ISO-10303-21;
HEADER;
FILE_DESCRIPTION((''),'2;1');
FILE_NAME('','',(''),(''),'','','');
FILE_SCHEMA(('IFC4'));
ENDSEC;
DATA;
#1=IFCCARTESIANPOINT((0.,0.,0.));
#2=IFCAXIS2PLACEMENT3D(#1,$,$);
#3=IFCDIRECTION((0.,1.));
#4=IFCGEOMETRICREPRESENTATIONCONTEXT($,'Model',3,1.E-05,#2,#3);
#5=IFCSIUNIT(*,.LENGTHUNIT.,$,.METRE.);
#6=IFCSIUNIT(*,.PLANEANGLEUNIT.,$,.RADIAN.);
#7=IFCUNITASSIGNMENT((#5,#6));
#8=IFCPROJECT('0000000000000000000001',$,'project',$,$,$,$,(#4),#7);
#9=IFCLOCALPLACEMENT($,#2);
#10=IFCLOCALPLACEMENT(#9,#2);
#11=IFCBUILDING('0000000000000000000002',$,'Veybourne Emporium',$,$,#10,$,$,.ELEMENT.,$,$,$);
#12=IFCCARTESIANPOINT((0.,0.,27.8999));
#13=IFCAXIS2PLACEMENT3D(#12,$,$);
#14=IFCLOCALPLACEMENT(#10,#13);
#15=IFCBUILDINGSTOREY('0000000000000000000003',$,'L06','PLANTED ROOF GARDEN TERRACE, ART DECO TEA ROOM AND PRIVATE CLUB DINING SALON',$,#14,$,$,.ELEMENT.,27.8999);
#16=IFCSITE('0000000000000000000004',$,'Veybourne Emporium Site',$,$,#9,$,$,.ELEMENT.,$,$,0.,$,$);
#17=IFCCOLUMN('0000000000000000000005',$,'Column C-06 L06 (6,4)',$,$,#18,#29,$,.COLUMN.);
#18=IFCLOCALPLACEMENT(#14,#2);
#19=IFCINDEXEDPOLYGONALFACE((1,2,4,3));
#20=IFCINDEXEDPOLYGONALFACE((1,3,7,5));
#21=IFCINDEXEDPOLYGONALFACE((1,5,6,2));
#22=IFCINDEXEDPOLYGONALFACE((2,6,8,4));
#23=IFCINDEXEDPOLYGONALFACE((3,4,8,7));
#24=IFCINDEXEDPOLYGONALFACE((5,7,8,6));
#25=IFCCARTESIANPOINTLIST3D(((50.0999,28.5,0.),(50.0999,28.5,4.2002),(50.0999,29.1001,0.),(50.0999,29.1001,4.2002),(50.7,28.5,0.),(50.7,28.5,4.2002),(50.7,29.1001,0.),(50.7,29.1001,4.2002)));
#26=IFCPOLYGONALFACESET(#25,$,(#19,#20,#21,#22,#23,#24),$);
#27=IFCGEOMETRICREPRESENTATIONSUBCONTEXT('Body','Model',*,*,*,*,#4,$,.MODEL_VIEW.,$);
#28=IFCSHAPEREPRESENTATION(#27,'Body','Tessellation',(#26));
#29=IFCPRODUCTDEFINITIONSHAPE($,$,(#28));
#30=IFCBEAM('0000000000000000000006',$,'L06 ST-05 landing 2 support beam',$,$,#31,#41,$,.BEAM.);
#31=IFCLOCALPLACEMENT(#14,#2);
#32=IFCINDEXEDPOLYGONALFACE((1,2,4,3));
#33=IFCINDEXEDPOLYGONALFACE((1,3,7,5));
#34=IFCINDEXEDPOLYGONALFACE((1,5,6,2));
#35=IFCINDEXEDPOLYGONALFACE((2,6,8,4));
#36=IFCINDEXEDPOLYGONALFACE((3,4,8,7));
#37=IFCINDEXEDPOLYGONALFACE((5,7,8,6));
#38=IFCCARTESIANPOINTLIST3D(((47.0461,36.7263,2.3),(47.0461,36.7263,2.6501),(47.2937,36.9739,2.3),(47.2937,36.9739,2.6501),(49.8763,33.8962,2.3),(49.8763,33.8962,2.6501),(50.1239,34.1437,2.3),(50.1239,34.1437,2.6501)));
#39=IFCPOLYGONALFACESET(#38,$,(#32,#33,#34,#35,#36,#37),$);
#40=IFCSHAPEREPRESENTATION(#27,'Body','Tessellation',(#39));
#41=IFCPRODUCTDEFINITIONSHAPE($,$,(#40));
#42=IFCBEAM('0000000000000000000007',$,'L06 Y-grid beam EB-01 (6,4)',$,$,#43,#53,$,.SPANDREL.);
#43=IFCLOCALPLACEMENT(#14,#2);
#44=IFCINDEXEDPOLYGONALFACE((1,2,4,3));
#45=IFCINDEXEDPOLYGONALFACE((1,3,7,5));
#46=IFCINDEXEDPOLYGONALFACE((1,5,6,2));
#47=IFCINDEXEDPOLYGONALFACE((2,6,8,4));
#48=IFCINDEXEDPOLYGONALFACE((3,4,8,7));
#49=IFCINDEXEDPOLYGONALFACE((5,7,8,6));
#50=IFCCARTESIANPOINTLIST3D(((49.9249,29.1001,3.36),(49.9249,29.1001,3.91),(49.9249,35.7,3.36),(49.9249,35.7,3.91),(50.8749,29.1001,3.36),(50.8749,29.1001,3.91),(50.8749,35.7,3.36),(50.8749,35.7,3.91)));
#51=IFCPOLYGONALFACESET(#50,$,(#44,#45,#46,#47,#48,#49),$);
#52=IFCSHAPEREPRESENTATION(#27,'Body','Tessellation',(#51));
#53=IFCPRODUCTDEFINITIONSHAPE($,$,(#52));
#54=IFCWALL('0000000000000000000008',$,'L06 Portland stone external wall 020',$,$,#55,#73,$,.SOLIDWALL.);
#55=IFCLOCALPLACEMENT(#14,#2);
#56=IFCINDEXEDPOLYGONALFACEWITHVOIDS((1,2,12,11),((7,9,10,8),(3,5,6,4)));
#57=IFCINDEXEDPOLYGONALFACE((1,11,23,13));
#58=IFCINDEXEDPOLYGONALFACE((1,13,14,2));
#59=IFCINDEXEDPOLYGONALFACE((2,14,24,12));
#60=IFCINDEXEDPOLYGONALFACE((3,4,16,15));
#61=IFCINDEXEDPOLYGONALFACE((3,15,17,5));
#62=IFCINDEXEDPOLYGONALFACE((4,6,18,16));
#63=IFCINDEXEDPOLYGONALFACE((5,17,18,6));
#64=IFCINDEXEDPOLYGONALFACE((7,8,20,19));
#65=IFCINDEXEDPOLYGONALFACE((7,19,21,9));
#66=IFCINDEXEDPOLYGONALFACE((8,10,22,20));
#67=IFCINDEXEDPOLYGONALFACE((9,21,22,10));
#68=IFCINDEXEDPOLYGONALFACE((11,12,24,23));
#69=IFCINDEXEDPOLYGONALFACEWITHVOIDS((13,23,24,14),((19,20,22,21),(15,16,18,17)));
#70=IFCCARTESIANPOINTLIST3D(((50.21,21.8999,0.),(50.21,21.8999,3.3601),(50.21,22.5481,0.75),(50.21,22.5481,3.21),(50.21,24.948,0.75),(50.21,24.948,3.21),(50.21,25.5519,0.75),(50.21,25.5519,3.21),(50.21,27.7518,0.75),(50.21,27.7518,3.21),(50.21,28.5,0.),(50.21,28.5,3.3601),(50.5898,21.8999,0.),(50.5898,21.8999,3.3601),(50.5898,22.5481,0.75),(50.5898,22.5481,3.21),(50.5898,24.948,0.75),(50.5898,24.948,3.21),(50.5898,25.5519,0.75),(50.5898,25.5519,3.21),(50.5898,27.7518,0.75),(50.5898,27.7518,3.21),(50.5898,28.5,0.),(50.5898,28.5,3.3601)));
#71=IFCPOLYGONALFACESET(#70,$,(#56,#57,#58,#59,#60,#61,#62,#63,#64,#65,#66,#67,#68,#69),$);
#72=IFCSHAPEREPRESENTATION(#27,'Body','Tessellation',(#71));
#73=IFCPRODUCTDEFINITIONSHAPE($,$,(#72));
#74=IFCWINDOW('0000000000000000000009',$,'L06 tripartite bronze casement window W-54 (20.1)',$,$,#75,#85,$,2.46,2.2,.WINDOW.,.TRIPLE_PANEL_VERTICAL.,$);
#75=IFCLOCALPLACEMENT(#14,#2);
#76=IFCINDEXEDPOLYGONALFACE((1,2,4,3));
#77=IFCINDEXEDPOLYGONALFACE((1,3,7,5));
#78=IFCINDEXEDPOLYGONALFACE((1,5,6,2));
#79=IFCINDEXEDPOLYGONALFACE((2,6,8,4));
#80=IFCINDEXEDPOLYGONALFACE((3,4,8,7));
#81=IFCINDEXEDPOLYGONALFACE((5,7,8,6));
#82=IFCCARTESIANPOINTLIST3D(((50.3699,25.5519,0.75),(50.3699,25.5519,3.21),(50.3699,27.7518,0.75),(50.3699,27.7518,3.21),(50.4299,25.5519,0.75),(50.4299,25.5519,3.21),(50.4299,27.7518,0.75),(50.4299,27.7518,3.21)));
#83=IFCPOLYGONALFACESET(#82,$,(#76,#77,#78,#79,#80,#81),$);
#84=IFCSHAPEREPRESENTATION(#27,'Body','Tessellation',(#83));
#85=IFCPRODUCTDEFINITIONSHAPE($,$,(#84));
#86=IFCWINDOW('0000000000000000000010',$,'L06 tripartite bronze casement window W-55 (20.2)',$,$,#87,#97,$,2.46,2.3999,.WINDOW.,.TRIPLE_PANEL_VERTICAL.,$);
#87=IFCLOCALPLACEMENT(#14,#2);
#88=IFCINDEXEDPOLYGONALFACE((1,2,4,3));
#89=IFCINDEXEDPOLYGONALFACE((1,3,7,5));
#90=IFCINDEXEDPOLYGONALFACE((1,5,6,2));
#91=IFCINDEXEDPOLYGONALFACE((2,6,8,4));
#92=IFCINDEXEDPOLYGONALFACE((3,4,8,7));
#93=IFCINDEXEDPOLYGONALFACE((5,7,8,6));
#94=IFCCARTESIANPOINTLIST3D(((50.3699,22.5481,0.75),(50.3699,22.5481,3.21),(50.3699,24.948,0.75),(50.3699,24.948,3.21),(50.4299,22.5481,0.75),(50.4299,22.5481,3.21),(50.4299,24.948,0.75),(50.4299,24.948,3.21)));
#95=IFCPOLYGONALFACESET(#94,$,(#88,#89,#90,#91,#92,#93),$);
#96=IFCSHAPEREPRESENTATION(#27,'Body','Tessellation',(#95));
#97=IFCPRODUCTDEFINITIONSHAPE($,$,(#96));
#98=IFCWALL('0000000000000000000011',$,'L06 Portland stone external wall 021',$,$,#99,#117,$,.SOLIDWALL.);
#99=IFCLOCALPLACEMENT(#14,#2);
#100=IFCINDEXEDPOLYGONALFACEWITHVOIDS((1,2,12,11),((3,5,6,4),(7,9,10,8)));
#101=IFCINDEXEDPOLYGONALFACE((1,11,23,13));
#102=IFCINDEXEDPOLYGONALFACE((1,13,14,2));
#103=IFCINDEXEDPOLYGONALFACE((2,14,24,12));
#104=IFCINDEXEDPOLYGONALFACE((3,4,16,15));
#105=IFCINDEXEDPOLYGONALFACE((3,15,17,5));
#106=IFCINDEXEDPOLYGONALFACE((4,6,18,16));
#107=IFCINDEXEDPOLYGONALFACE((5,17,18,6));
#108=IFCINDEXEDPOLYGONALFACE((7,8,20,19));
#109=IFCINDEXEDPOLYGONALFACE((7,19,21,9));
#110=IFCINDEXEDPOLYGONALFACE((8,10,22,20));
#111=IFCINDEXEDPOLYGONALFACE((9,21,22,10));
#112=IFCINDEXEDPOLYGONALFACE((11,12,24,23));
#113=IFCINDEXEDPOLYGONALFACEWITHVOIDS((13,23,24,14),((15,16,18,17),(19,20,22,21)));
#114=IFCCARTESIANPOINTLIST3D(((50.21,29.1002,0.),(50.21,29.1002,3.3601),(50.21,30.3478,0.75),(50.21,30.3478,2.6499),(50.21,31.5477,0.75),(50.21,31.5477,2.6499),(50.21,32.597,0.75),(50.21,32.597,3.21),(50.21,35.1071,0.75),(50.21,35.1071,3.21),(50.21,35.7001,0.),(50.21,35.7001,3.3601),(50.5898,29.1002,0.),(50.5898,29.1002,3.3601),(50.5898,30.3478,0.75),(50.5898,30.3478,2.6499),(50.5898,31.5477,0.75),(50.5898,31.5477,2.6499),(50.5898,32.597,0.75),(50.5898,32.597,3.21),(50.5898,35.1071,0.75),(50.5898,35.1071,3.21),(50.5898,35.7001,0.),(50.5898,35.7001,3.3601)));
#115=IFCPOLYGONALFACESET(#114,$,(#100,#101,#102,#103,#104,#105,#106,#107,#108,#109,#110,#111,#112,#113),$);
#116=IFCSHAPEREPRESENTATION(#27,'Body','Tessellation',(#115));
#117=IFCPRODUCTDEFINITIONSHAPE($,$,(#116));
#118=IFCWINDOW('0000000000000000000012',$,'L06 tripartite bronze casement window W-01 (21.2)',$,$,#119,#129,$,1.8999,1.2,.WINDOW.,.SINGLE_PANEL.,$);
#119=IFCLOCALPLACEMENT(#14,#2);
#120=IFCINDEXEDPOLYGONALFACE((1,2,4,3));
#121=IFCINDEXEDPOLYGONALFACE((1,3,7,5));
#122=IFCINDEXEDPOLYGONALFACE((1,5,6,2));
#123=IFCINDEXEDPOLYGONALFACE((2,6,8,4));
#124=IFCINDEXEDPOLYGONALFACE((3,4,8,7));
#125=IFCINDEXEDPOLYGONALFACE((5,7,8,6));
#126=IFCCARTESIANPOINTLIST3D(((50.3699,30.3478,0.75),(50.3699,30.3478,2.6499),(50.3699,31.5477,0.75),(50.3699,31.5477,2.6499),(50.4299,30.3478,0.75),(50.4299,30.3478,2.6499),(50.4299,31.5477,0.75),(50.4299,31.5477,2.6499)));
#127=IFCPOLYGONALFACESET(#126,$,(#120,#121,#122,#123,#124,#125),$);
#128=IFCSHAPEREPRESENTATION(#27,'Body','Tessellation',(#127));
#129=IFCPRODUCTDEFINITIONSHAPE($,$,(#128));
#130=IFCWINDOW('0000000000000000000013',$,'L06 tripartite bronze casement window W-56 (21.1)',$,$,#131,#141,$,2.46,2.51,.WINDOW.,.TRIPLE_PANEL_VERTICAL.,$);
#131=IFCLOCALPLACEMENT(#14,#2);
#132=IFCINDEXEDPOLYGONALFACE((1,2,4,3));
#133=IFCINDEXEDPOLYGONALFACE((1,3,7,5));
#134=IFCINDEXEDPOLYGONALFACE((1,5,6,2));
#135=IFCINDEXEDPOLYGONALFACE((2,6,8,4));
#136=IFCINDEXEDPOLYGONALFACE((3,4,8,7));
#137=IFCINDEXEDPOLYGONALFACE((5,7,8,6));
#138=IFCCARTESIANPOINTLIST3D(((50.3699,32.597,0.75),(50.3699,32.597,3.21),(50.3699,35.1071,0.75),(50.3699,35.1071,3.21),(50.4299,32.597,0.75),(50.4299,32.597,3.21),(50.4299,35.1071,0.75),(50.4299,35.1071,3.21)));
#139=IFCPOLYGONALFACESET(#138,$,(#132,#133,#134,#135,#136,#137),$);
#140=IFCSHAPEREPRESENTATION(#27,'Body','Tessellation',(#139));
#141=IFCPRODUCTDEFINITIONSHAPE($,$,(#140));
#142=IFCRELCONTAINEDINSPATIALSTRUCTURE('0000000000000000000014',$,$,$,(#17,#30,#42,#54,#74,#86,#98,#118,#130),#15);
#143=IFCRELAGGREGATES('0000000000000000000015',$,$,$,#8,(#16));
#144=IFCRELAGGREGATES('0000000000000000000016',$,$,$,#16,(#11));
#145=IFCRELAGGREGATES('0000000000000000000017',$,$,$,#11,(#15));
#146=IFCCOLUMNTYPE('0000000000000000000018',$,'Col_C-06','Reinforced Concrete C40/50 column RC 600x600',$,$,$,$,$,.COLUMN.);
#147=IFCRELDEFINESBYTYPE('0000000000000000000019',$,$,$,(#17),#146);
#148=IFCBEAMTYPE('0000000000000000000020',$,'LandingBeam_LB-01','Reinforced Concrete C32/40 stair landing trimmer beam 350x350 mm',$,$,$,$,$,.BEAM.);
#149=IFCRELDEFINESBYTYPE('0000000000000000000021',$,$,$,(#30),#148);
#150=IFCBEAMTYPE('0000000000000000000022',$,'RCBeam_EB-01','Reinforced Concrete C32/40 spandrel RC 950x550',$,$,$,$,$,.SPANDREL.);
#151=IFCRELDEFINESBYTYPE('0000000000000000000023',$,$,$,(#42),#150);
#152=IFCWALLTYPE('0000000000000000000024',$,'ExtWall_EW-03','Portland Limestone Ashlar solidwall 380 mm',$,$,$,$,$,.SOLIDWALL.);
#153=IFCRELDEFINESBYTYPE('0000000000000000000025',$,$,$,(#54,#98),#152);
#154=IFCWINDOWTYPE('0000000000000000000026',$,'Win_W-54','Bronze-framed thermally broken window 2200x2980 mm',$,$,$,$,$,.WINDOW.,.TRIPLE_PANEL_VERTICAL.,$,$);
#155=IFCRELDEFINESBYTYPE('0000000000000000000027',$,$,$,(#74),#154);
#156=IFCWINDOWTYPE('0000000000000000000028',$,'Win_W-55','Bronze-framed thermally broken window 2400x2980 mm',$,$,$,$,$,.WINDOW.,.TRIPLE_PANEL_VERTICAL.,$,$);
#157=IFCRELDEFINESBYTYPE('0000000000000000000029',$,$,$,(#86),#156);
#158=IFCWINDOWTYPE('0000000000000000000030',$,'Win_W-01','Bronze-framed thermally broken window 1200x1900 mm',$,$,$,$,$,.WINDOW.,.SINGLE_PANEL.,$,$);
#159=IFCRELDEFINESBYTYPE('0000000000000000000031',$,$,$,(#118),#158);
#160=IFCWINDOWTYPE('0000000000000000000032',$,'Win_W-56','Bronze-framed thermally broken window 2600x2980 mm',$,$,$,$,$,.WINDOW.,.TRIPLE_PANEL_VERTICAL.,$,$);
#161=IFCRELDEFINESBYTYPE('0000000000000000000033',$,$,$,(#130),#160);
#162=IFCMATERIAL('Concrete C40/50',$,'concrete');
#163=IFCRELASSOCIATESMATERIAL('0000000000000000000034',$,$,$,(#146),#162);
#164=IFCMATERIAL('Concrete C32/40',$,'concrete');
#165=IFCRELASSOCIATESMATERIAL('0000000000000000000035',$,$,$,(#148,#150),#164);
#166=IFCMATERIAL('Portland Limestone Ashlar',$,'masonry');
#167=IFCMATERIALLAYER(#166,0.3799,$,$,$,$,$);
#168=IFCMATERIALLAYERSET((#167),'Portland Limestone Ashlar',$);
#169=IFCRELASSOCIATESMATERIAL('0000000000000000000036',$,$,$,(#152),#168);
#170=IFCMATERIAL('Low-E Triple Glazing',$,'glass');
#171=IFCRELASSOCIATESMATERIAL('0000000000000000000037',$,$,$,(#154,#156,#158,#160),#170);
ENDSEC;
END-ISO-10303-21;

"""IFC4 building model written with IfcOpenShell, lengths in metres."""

from ifc_helpers import new_model, si_unit, direction, frame, frame_2d, origin, origin_2d, place, context, subcontext, project, spatial, rectangle, extrude, material, layer, layer_set, material_profile, profile_set, type_object, element, fill, save


model = new_model("IFC4")

# Units and contexts
model_context = context("Model", 3, precision=1e-05, world=origin(), true_north=direction((0.0, 1.0)))
body_context = subcontext(model_context, "Body", "Model", "MODEL_VIEW")
ifc_project = project(units=[si_unit("LENGTHUNIT", "METRE"), si_unit("PLANEANGLEUNIT", "RADIAN")], contexts=[model_context])

# Site, building, storey
site_placement = place(None, origin())
site = spatial("IfcSite", under=ifc_project, at=site_placement, Name="Veybourne Emporium Site", CompositionType="ELEMENT", RefElevation=0.0)
building_placement = place(site_placement, origin())
building = spatial("IfcBuilding", under=site, at=building_placement, Name="Veybourne Emporium", CompositionType="ELEMENT")
storey_placement = place(building_placement, frame((0.0, 0.0, 27.8999)))
storey = spatial("IfcBuildingStorey", under=building, at=storey_placement, Name="L06", Description="PLANTED ROOF GARDEN TERRACE, ART DECO TEA ROOM AND PRIVATE CLUB DINING SALON", CompositionType="ELEMENT", Elevation=27.8999)

# Column
ifc_material_1 = material(Name="Concrete C40/50", Category="concrete")
ifc_material_profile_1 = material_profile(ifc_material_1, rectangle(XDim=0.6001, YDim=0.6001, at=origin_2d()), Name="RC 600x600")
ifc_profile_set_1 = profile_set([ifc_material_profile_1], Name="Concrete C40/50")
column_type = type_object("IfcColumnType", Name="Col_C-06", Description="Reinforced Concrete C40/50 column RC 600x600", PredefinedType="COLUMN", material=ifc_profile_set_1)
column_placement = place(storey_placement, frame((50.3999, 28.8, 0.0), z_axis=(0.0, 0.0, 1.0), x_axis=(1.0, 0.0, 0.0)))
element("IfcColumn", 1, at=column_placement, inside=storey, type_object=column_type, Name="Column C-06 L06 (6,4)", PredefinedType="COLUMN", context=body_context, shape_type="SweptSolid", body=[
    extrude(rectangle(XDim=0.6001, YDim=0.6001, at=origin_2d()), origin(), (0.0, 0.0, 1.0), 4.2002),
])

# Beams
ifc_material_2 = material(Name="Concrete C32/40", Category="concrete")
ifc_material_profile_2 = material_profile(ifc_material_2, rectangle(XDim=0.3501, YDim=0.3501, at=origin_2d()), Name="RC 350x350")
ifc_profile_set_2 = profile_set([ifc_material_profile_2], Name="Concrete C32/40")
beam_type_1 = type_object("IfcBeamType", Name="LandingBeam_LB-01", Description="Reinforced Concrete C32/40 stair landing trimmer beam 350x350 mm", PredefinedType="BEAM", material=ifc_profile_set_2)
beam_1_placement = place(storey_placement, frame((47.1699, 36.8501, 2.4751), z_axis=(0.707107, -0.707107, 0.0), x_axis=(0.707107, 0.707107, 0.0)))
element("IfcBeam", 2, at=beam_1_placement, inside=storey, type_object=beam_type_1, Name="L06 ST-05 landing 2 support beam", PredefinedType="BEAM", context=body_context, shape_type="SweptSolid", body=[
    extrude(rectangle(XDim=0.3501, YDim=0.3501, at=origin_2d()), origin(), (0.0, 0.0, 1.0), 4.0024),
])
ifc_material_profile_3 = material_profile(ifc_material_2, rectangle(XDim=0.95, YDim=0.55, at=origin_2d()), Name="RC 950x550")
ifc_profile_set_3 = profile_set([ifc_material_profile_3], Name="Concrete C32/40")
beam_type_2 = type_object("IfcBeamType", Name="RCBeam_EB-01", Description="Reinforced Concrete C32/40 spandrel RC 950x550", PredefinedType="SPANDREL", material=ifc_profile_set_3)
beam_2_placement = place(storey_placement, frame((50.3999, 29.1001, 3.635), z_axis=(0.0, 1.0, 0.0), x_axis=(-1.0, 0.0, 0.0)))
element("IfcBeam", 3, at=beam_2_placement, inside=storey, type_object=beam_type_2, Name="L06 Y-grid beam EB-01 (6,4)", PredefinedType="SPANDREL", context=body_context, shape_type="SweptSolid", body=[
    extrude(rectangle(XDim=0.95, YDim=0.55, at=origin_2d()), origin(), (0.0, 0.0, 1.0), 6.5999),
])

# Walls, openings, windows
ifc_material_3 = material(Name="Portland Limestone Ashlar", Category="masonry")
ifc_layer_1 = layer(ifc_material_3, 0.3799)
ifc_layer_set_1 = layer_set([ifc_layer_1], Name="Portland Limestone Ashlar")
wall_type_1 = type_object("IfcWallType", Name="ExtWall_EW-03", Description="Portland Limestone Ashlar solidwall 380 mm", PredefinedType="SOLIDWALL", material=ifc_layer_set_1)
wall_1_placement = place(storey_placement, frame((50.3999, 28.5, 0.0), z_axis=(0.0, 0.0, 1.0), x_axis=(0.0, -1.0, 0.0)))
wall_1 = element("IfcWall", 4, at=wall_1_placement, inside=storey, type_object=wall_type_1, Name="L06 Portland stone external wall 020", PredefinedType="SOLIDWALL", context=body_context, shape_type="SweptSolid", body=[
    extrude(rectangle(XDim=6.6001, YDim=0.3799, at=frame_2d((3.3, 0.0))), origin(), (0.0, 0.0, 1.0), 3.3601),
])
opening_1_placement = place(wall_1_placement, frame((0.748, 0.0, 0.75)))
opening_1 = element("IfcOpeningElement", 5, at=opening_1_placement, cuts=wall_1, PredefinedType="OPENING", context=body_context, shape_type="SweptSolid", body=[
    extrude(rectangle(XDim=2.2, YDim=2.46, at=frame_2d((1.1001, 1.23))), frame((0.0, 0.21, 0.0), z_axis=(0.0, -1.0, 0.0), x_axis=(1.0, 0.0, 0.0)), (0.0, 0.0, 1.0), 0.4199),
])
opening_2_placement = place(wall_1_placement, frame((3.552, 0.0, 0.75)))
opening_2 = element("IfcOpeningElement", 6, at=opening_2_placement, cuts=wall_1, PredefinedType="OPENING", context=body_context, shape_type="SweptSolid", body=[
    extrude(rectangle(XDim=2.3999, YDim=2.46, at=frame_2d((1.2, 1.23))), frame((0.0, 0.21, 0.0), z_axis=(0.0, -1.0, 0.0), x_axis=(1.0, 0.0, 0.0)), (0.0, 0.0, 1.0), 0.4199),
])
ifc_material_4 = material(Name="Low-E Triple Glazing", Category="glass")
window_type_1 = type_object("IfcWindowType", Name="Win_W-54", Description="Bronze-framed thermally broken window 2200x2980 mm", PartitioningType="TRIPLE_PANEL_VERTICAL", PredefinedType="WINDOW", material=ifc_material_4)
window_1_placement = place(opening_1_placement, origin())
window_1 = element("IfcWindow", 7, at=window_1_placement, inside=storey, type_object=window_type_1, Name="L06 tripartite bronze casement window W-54 (20.1)", OverallHeight=2.46, OverallWidth=2.2, PartitioningType="TRIPLE_PANEL_VERTICAL", PredefinedType="WINDOW", context=body_context, shape_type="SweptSolid", body=[
    extrude(rectangle(XDim=2.2, YDim=2.46, at=frame_2d((1.1001, 1.23))), frame((0.0, 0.03, 0.0), z_axis=(0.0, -1.0, 0.0), x_axis=(1.0, 0.0, 0.0)), (0.0, 0.0, 1.0), 0.0601),
])
fill(opening_1, window_1)
window_type_2 = type_object("IfcWindowType", Name="Win_W-55", Description="Bronze-framed thermally broken window 2400x2980 mm", PartitioningType="TRIPLE_PANEL_VERTICAL", PredefinedType="WINDOW", material=ifc_material_4)
window_2_placement = place(opening_2_placement, origin())
window_2 = element("IfcWindow", 8, at=window_2_placement, inside=storey, type_object=window_type_2, Name="L06 tripartite bronze casement window W-55 (20.2)", OverallHeight=2.46, OverallWidth=2.3999, PartitioningType="TRIPLE_PANEL_VERTICAL", PredefinedType="WINDOW", context=body_context, shape_type="SweptSolid", body=[
    extrude(rectangle(XDim=2.3999, YDim=2.46, at=frame_2d((1.2, 1.23))), frame((0.0, 0.03, 0.0), z_axis=(0.0, -1.0, 0.0), x_axis=(1.0, 0.0, 0.0)), (0.0, 0.0, 1.0), 0.0601),
])
fill(opening_2, window_2)
wall_2_placement = place(storey_placement, frame((50.3999, 35.7, 0.0), z_axis=(0.0, 0.0, 1.0), x_axis=(0.0, -1.0, 0.0)))
wall_2 = element("IfcWall", 9, at=wall_2_placement, inside=storey, type_object=wall_type_1, Name="L06 Portland stone external wall 021", PredefinedType="SOLIDWALL", context=body_context, shape_type="SweptSolid", body=[
    extrude(rectangle(XDim=6.5999, YDim=0.3799, at=frame_2d((3.2998, 0.0))), origin(), (0.0, 0.0, 1.0), 3.3601),
])
opening_3_placement = place(wall_2_placement, frame((0.593, 0.0, 0.75)))
opening_3 = element("IfcOpeningElement", 10, at=opening_3_placement, cuts=wall_2, PredefinedType="OPENING", context=body_context, shape_type="SweptSolid", body=[
    extrude(rectangle(XDim=2.51, YDim=2.46, at=frame_2d((1.2549, 1.23))), frame((0.0, 0.21, 0.0), z_axis=(0.0, -1.0, 0.0), x_axis=(1.0, 0.0, 0.0)), (0.0, 0.0, 1.0), 0.4199),
])
opening_4_placement = place(wall_2_placement, frame((4.1521, 0.0, 0.75)))
opening_4 = element("IfcOpeningElement", 11, at=opening_4_placement, cuts=wall_2, PredefinedType="OPENING", context=body_context, shape_type="SweptSolid", body=[
    extrude(rectangle(XDim=1.2, YDim=1.8999, at=frame_2d((0.6001, 0.95))), frame((0.0, 0.21, 0.0), z_axis=(0.0, -1.0, 0.0), x_axis=(1.0, 0.0, 0.0)), (0.0, 0.0, 1.0), 0.4199),
])
window_type_3 = type_object("IfcWindowType", Name="Win_W-01", Description="Bronze-framed thermally broken window 1200x1900 mm", PartitioningType="SINGLE_PANEL", PredefinedType="WINDOW", material=ifc_material_4)
window_3_placement = place(opening_4_placement, origin())
window_3 = element("IfcWindow", 12, at=window_3_placement, inside=storey, type_object=window_type_3, Name="L06 tripartite bronze casement window W-01 (21.2)", OverallHeight=1.8999, OverallWidth=1.2, PartitioningType="SINGLE_PANEL", PredefinedType="WINDOW", context=body_context, shape_type="SweptSolid", body=[
    extrude(rectangle(XDim=1.2, YDim=1.8999, at=frame_2d((0.6001, 0.95))), frame((0.0, 0.03, 0.0), z_axis=(0.0, -1.0, 0.0), x_axis=(1.0, 0.0, 0.0)), (0.0, 0.0, 1.0), 0.0601),
])
fill(opening_4, window_3)
window_type_4 = type_object("IfcWindowType", Name="Win_W-56", Description="Bronze-framed thermally broken window 2600x2980 mm", PartitioningType="TRIPLE_PANEL_VERTICAL", PredefinedType="WINDOW", material=ifc_material_4)
window_4_placement = place(opening_3_placement, origin())
window_4 = element("IfcWindow", 13, at=window_4_placement, inside=storey, type_object=window_type_4, Name="L06 tripartite bronze casement window W-56 (21.1)", OverallHeight=2.46, OverallWidth=2.51, PartitioningType="TRIPLE_PANEL_VERTICAL", PredefinedType="WINDOW", context=body_context, shape_type="SweptSolid", body=[
    extrude(rectangle(XDim=2.51, YDim=2.46, at=frame_2d((1.2549, 1.23))), frame((0.0, 0.03, 0.0), z_axis=(0.0, -1.0, 0.0), x_axis=(1.0, 0.0, 0.0)), (0.0, 0.0, 1.0), 0.0601),
])
fill(opening_3, window_4)

save(model, "model.ifc")
